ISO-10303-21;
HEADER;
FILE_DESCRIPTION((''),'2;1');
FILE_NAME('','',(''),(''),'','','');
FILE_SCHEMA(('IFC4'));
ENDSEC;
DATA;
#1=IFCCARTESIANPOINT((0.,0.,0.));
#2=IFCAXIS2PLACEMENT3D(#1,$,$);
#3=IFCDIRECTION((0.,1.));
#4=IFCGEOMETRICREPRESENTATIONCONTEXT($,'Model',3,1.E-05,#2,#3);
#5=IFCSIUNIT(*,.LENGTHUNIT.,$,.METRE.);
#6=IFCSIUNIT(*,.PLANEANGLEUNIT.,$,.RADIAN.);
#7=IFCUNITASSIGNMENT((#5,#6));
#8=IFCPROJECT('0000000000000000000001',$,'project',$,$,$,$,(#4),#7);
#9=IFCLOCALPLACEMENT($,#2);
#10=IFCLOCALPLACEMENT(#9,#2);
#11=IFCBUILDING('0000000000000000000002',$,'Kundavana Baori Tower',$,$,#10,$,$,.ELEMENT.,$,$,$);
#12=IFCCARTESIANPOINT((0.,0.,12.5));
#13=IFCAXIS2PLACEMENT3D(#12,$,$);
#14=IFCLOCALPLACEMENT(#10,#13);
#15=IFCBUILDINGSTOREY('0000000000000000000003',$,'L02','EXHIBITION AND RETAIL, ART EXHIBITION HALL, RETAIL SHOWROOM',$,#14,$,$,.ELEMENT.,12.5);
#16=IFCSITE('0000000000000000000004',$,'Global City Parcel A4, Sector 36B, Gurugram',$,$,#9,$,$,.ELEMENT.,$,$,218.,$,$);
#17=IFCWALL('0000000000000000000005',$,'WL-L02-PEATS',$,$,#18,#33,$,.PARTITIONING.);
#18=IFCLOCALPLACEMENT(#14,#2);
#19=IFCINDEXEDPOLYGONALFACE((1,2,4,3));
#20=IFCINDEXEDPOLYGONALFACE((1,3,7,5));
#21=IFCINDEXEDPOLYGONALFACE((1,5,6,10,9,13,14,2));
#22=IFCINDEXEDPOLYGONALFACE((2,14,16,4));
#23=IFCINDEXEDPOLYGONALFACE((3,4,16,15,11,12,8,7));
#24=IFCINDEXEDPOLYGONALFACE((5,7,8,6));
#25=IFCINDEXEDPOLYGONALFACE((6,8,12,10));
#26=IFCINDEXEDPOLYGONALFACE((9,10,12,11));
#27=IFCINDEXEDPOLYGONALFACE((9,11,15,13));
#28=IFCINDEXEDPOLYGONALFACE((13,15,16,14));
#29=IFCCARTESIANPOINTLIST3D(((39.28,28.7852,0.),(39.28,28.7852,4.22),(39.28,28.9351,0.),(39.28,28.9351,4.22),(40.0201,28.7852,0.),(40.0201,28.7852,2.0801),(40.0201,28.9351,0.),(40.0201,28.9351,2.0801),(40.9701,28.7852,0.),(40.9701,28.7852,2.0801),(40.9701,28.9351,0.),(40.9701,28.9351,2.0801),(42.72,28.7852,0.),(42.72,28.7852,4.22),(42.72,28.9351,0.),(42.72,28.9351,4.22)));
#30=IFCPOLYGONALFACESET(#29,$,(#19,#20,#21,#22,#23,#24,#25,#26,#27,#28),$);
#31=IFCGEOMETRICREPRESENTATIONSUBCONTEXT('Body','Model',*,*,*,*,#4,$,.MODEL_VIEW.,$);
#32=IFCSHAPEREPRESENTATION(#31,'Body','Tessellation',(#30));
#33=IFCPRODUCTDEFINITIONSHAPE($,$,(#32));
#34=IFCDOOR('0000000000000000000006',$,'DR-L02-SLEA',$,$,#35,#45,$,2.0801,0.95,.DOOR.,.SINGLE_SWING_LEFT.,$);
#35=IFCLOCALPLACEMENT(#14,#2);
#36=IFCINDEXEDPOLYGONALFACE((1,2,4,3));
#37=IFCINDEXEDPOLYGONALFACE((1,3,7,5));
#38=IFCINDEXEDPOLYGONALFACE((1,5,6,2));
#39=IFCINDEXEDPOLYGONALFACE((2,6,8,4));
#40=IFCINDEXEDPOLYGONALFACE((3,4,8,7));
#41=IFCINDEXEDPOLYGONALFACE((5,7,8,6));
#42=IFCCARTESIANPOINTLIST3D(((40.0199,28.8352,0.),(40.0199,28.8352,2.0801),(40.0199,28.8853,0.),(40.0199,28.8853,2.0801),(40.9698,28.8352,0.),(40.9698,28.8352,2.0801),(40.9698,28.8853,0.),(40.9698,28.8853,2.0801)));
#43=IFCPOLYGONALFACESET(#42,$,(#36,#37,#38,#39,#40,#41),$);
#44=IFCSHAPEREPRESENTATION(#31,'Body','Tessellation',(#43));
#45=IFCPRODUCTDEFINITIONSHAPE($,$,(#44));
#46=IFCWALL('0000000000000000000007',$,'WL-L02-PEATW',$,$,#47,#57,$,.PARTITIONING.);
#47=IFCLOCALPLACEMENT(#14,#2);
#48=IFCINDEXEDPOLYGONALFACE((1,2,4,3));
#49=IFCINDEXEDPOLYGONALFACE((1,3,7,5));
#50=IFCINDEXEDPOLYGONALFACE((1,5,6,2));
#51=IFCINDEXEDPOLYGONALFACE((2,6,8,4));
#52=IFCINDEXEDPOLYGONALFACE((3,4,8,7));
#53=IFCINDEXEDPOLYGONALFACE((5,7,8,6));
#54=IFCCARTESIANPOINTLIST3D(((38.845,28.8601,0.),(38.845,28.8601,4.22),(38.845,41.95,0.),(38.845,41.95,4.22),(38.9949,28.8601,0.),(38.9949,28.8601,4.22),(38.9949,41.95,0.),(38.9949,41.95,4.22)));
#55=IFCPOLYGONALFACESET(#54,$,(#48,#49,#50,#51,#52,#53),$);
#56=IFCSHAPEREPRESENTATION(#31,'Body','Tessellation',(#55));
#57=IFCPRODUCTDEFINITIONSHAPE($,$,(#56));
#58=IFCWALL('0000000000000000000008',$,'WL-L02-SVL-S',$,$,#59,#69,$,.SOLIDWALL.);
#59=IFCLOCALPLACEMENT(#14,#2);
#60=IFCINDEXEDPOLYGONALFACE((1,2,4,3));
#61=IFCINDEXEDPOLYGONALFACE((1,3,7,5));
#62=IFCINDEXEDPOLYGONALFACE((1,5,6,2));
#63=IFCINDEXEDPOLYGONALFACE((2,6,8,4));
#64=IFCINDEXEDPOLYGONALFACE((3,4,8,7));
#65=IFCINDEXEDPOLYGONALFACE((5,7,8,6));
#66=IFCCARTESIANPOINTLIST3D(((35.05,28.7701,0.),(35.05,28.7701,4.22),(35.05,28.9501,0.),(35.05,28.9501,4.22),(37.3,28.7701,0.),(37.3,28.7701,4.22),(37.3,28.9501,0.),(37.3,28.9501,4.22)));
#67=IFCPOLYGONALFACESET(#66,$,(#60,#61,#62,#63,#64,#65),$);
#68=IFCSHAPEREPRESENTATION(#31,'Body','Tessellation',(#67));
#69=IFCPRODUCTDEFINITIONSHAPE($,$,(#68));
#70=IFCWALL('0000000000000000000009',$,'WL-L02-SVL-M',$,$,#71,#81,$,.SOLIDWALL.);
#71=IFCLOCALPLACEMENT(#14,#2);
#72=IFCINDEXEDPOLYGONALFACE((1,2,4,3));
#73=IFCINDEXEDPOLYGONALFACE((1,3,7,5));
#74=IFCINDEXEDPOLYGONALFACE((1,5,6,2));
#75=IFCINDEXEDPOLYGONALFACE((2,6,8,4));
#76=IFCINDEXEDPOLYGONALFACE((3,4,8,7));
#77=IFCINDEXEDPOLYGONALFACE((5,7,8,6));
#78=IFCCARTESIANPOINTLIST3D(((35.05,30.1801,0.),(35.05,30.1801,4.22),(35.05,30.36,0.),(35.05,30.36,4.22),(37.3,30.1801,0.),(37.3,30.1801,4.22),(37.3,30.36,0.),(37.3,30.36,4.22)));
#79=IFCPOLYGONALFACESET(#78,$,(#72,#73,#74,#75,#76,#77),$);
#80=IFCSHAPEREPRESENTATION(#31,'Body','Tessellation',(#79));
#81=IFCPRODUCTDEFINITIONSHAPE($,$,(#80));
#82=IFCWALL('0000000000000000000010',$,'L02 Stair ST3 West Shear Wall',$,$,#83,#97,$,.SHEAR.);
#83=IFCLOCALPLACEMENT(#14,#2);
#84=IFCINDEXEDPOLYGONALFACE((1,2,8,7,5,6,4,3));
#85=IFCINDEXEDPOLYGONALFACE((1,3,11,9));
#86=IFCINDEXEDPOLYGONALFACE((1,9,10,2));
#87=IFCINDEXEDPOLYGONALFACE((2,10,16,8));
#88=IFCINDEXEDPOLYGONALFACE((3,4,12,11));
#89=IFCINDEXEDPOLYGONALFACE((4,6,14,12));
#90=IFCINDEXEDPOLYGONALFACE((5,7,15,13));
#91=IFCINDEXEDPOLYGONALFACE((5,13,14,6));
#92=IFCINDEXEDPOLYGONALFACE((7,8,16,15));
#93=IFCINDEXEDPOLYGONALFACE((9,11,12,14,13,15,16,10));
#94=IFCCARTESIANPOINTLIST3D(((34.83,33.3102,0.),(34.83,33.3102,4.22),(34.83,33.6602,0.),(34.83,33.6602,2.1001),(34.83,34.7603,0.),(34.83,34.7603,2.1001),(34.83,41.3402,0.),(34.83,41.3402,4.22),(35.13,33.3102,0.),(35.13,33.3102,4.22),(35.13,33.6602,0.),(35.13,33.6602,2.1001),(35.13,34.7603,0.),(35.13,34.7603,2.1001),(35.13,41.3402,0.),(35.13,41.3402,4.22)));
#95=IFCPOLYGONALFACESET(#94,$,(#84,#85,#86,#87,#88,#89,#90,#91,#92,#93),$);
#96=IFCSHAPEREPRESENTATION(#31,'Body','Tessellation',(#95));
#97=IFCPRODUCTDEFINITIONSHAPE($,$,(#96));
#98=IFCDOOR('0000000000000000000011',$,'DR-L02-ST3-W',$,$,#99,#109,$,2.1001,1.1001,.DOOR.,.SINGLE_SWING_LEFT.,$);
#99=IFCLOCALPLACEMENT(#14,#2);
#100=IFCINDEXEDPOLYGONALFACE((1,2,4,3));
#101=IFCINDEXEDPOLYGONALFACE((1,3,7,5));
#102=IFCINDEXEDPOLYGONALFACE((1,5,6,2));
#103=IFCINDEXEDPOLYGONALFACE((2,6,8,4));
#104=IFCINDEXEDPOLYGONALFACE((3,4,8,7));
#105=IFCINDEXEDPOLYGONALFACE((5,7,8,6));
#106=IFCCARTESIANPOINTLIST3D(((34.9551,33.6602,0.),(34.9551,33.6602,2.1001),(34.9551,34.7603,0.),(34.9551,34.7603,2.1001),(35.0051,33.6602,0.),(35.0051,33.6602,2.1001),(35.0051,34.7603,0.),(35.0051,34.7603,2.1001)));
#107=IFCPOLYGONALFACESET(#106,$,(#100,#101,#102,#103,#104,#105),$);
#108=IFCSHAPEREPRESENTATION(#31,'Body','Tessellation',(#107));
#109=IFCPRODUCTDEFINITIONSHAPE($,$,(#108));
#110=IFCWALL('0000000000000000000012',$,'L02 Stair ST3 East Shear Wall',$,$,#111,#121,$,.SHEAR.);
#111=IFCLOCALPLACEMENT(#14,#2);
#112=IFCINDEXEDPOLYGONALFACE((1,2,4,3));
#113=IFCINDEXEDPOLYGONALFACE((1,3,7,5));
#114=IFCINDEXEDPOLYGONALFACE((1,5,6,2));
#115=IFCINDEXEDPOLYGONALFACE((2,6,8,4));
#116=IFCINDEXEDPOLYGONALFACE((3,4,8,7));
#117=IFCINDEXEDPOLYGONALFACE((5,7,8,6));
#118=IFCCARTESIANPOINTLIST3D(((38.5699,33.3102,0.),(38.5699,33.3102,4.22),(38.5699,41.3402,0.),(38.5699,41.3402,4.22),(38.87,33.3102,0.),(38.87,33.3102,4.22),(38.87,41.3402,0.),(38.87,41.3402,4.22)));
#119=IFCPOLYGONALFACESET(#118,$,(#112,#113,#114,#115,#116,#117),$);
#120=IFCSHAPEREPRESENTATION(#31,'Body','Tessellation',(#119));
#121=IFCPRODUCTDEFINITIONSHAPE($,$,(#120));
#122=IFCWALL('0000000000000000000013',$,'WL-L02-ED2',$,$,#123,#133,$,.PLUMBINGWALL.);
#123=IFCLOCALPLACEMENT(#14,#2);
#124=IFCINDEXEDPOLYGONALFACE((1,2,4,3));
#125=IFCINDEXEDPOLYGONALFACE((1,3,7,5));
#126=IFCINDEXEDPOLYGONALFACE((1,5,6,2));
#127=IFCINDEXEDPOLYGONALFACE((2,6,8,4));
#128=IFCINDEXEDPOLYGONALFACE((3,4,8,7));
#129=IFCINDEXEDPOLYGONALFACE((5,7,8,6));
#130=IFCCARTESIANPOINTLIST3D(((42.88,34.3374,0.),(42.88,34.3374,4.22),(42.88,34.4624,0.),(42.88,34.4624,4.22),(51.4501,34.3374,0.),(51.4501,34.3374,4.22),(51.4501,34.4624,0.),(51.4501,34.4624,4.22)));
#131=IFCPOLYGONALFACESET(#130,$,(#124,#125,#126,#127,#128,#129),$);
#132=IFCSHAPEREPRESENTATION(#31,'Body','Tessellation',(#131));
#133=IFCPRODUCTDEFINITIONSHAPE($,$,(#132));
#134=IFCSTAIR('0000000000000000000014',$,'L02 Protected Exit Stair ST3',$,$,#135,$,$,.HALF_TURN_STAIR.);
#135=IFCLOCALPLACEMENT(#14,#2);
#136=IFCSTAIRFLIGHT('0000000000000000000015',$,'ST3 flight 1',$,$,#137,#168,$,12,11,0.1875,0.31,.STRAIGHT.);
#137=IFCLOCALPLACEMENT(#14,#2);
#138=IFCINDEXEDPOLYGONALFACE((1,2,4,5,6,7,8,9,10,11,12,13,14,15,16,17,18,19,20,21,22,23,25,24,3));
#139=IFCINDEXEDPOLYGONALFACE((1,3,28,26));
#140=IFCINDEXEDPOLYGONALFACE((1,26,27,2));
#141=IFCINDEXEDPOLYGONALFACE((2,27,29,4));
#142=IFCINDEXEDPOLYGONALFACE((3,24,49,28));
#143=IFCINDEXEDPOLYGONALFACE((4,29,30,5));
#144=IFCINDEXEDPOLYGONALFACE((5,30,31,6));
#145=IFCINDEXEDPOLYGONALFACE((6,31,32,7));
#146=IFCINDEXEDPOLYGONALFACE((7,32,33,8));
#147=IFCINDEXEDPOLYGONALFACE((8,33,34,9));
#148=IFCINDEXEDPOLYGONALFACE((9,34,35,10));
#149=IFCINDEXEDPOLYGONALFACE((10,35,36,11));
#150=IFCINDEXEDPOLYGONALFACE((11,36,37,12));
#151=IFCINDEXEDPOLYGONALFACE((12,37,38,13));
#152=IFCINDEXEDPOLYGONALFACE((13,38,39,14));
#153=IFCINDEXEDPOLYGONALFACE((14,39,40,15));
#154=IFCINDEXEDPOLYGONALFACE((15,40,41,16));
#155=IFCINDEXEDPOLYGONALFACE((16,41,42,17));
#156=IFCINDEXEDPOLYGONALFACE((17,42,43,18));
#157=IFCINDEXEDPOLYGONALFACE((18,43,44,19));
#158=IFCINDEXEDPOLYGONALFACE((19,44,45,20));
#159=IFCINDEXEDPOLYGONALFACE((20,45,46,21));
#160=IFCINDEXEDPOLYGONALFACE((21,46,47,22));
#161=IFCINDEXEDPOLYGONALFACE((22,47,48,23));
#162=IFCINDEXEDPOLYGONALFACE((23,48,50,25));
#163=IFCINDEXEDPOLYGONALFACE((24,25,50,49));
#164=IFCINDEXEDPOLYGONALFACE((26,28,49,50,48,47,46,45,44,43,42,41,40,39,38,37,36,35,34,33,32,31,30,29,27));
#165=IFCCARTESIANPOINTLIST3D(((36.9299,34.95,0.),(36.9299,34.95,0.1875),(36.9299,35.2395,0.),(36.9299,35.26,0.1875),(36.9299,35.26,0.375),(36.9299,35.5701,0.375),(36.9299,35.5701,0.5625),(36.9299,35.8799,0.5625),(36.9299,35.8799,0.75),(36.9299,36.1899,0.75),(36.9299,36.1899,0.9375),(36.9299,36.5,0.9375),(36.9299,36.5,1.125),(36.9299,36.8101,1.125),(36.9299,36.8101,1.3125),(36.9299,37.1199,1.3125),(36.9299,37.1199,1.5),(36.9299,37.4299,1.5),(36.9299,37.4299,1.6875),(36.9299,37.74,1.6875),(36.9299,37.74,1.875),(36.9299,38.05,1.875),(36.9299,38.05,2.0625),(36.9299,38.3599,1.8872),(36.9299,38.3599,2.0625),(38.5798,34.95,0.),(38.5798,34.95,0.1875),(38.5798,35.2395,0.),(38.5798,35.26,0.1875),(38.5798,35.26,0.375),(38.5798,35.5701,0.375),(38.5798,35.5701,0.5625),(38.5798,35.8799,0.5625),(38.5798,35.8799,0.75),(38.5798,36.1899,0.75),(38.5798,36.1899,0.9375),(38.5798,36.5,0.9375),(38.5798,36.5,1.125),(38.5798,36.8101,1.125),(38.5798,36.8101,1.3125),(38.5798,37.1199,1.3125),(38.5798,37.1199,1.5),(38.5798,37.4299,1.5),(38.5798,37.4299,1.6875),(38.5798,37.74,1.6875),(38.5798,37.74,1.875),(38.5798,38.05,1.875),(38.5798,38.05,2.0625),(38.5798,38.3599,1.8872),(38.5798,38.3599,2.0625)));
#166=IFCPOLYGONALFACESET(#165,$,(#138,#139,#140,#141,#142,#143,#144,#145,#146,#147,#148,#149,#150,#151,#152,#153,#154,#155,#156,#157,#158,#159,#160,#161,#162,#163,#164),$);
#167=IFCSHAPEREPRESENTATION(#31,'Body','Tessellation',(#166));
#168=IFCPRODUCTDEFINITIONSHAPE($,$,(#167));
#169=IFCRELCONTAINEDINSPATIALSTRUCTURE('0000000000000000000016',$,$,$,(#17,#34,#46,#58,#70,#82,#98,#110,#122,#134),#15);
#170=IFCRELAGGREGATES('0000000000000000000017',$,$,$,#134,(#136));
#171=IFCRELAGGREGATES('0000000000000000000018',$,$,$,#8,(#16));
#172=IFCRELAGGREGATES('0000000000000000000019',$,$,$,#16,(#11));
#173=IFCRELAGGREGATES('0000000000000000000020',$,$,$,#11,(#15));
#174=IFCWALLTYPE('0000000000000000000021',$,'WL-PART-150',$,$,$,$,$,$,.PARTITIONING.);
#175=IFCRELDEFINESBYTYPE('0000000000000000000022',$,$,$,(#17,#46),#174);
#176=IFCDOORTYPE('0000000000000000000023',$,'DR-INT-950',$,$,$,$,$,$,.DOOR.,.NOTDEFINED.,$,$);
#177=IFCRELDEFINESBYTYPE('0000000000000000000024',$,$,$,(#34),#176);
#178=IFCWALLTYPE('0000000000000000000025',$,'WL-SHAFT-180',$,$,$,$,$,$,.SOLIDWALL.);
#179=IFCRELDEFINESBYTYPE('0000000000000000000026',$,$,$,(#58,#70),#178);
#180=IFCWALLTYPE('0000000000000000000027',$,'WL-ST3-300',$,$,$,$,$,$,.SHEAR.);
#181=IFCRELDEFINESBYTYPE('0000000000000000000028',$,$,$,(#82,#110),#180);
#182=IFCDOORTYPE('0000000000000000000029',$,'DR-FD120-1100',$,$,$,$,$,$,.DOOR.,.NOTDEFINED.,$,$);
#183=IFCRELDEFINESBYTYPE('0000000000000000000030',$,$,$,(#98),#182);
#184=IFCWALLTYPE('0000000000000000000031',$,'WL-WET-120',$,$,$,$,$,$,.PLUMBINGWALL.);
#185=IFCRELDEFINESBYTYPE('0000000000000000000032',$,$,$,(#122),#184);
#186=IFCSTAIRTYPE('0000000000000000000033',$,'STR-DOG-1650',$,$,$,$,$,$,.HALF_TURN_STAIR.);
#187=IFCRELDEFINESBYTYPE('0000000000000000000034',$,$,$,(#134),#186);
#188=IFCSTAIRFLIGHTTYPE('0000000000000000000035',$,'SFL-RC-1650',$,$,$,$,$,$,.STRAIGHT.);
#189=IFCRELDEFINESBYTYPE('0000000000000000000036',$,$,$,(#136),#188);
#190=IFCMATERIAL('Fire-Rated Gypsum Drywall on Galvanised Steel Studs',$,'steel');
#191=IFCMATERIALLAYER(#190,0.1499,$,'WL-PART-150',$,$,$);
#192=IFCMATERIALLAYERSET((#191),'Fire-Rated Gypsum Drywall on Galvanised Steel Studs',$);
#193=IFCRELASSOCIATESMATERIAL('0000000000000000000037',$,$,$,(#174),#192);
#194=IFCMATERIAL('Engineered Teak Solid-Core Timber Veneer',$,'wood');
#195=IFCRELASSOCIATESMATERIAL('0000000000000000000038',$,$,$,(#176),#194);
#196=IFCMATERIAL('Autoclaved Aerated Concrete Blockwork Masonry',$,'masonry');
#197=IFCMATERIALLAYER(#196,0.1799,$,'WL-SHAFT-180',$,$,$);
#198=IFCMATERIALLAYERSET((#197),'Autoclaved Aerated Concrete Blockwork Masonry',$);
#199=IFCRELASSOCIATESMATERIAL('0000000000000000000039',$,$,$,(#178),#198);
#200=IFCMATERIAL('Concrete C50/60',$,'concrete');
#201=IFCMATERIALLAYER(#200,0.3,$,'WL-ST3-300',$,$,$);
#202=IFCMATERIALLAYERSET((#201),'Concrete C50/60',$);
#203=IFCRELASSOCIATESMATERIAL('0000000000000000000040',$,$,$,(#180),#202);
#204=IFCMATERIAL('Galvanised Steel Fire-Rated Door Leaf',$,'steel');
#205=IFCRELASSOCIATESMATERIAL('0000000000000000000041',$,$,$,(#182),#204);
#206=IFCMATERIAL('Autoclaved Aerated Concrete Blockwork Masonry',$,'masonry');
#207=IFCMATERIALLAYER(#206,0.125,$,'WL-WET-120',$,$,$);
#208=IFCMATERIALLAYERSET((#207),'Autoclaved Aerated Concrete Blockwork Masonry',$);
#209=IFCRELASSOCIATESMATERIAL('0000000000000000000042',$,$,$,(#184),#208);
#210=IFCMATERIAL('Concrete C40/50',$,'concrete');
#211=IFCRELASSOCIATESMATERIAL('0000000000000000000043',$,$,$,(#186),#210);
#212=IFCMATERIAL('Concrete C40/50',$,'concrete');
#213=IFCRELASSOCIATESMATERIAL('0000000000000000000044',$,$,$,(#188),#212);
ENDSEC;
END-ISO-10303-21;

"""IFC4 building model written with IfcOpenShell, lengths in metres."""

from ifc_helpers import new_model, si_unit, direction, frame, frame_2d, origin, place, context, subcontext, project, spatial, polyline, rectangle, outline, extrude, material, layer, layer_set, type_object, element, fill, aggregate, save


model = new_model("IFC4")

# Units and contexts
model_context = context("Model", 3, precision=1e-05, world=origin(), true_north=direction((0.0, 1.0)))
body_context = subcontext(model_context, "Body", "Model", "MODEL_VIEW")
ifc_project = project(units=[si_unit("LENGTHUNIT", "METRE"), si_unit("PLANEANGLEUNIT", "RADIAN")], contexts=[model_context])

# Site, building, storey
site_placement = place(None, origin())
site = spatial("IfcSite", under=ifc_project, at=site_placement, Name="Global City Parcel A4, Sector 36B, Gurugram", CompositionType="ELEMENT", RefElevation=218.0)
building_placement = place(site_placement, origin())
building = spatial("IfcBuilding", under=site, at=building_placement, Name="Kundavana Baori Tower", CompositionType="ELEMENT")
storey_placement = place(building_placement, frame((0.0, 0.0, 12.5)))
storey = spatial("IfcBuildingStorey", under=building, at=storey_placement, Name="L02", Description="EXHIBITION AND RETAIL, ART EXHIBITION HALL, RETAIL SHOWROOM", CompositionType="ELEMENT", Elevation=12.5)

# Shared definitions
ifc_material_1 = material(Name="Fire-Rated Gypsum Drywall on Galvanised Steel Studs", Category="steel")
ifc_layer_1 = layer(ifc_material_1, 0.1499, Name="WL-PART-150")
ifc_layer_set_1 = layer_set([ifc_layer_1], Name="Fire-Rated Gypsum Drywall on Galvanised Steel Studs")
wall_type_1 = type_object("IfcWallType", Name="WL-PART-150", PredefinedType="PARTITIONING", material=ifc_layer_set_1)

# Wall, opening, door
wall_1_placement = place(storey_placement, frame((39.28, 28.8601, 0.0), z_axis=(0.0, 0.0, 1.0), x_axis=(1.0, 0.0, 0.0)))
wall_1 = element("IfcWall", 1, at=wall_1_placement, inside=storey, type_object=wall_type_1, Name="WL-L02-PEATS", PredefinedType="PARTITIONING", context=body_context, shape_type="SweptSolid", body=[
    extrude(rectangle(XDim=3.4399, YDim=0.1499, at=frame_2d((1.72, 0.0))), origin(), (0.0, 0.0, 1.0), 4.22),
])
opening_1_placement = place(wall_1_placement, frame((0.74, 0.0, 0.0)))
opening_1 = element("IfcOpeningElement", 2, at=opening_1_placement, cuts=wall_1, PredefinedType="OPENING", context=body_context, shape_type="SweptSolid", body=[
    extrude(rectangle(XDim=0.95, YDim=2.0801, at=frame_2d((0.4751, 1.04))), frame((0.0, 0.085, 0.0), z_axis=(0.0, -1.0, 0.0), x_axis=(1.0, 0.0, 0.0)), (0.0, 0.0, 1.0), 0.1699),
])
ifc_material_2 = material(Name="Engineered Teak Solid-Core Timber Veneer", Category="wood")
door_type_1 = type_object("IfcDoorType", Name="DR-INT-950", OperationType="NOTDEFINED", PredefinedType="DOOR", material=ifc_material_2)
door_1_placement = place(opening_1_placement, frame((0.95, 0.0, 0.0), z_axis=(0.0, 0.0, 1.0), x_axis=(-1.0, 0.0, 0.0)))
door_1 = element("IfcDoor", 3, at=door_1_placement, inside=storey, type_object=door_type_1, Name="DR-L02-SLEA", OperationType="SINGLE_SWING_LEFT", OverallHeight=2.0801, OverallWidth=0.95, PredefinedType="DOOR", context=body_context, shape_type="SweptSolid", body=[
    extrude(rectangle(XDim=0.95, YDim=2.0801, at=frame_2d((0.4751, 1.04))), frame((0.0, 0.0249, 0.0), z_axis=(0.0, -1.0, 0.0), x_axis=(1.0, 0.0, 0.0)), (0.0, 0.0, 1.0), 0.05),
])
fill(opening_1, door_1)

# Wall
wall_2_placement = place(storey_placement, frame((38.9199, 28.8601, 0.0), z_axis=(0.0, 0.0, 1.0), x_axis=(0.0, 1.0, 0.0)))
element("IfcWall", 4, at=wall_2_placement, inside=storey, type_object=wall_type_1, Name="WL-L02-PEATW", PredefinedType="PARTITIONING", context=body_context, shape_type="SweptSolid", body=[
    extrude(rectangle(XDim=13.0898, YDim=0.1499, at=frame_2d((6.5449, 0.0))), origin(), (0.0, 0.0, 1.0), 4.22),
])

# Shared definitions
ifc_material_3 = material(Name="Autoclaved Aerated Concrete Blockwork Masonry", Category="masonry")
ifc_layer_2 = layer(ifc_material_3, 0.1799, Name="WL-SHAFT-180")
ifc_layer_set_2 = layer_set([ifc_layer_2], Name="Autoclaved Aerated Concrete Blockwork Masonry")
wall_type_2 = type_object("IfcWallType", Name="WL-SHAFT-180", PredefinedType="SOLIDWALL", material=ifc_layer_set_2)

# Walls
for number, where, z_axis, x_axis, name in (
    (5, (35.05, 28.8601, 0.0), (0.0, 0.0, 1.0), (1.0, 0.0, 0.0), "WL-L02-SVL-S"),
    (6, (35.05, 30.27, 0.0), (0.0, 0.0, 1.0), (1.0, 0.0, 0.0), "WL-L02-SVL-M"),
):
    element("IfcWall", number, at=place(storey_placement, frame(where, z_axis=z_axis, x_axis=x_axis)), inside=storey, type_object=wall_type_2, Name=name, PredefinedType="SOLIDWALL", context=body_context, shape_type="SweptSolid", body=[
        extrude(rectangle(XDim=2.25, YDim=0.1799, at=frame_2d((1.125, 0.0))), origin(), (0.0, 0.0, 1.0), 4.22),
    ])

# Wall, opening, door
ifc_material_4 = material(Name="Concrete C50/60", Category="concrete")
ifc_layer_3 = layer(ifc_material_4, 0.3, Name="WL-ST3-300")
ifc_layer_set_3 = layer_set([ifc_layer_3], Name="Concrete C50/60")
wall_type_3 = type_object("IfcWallType", Name="WL-ST3-300", PredefinedType="SHEAR", material=ifc_layer_set_3)
wall_3_placement = place(storey_placement, frame((34.98, 33.3101, 0.0), z_axis=(0.0, 0.0, 1.0), x_axis=(0.0, 1.0, 0.0)))
wall_3 = element("IfcWall", 7, at=wall_3_placement, inside=storey, type_object=wall_type_3, Name="L02 Stair ST3 West Shear Wall", PredefinedType="SHEAR", context=body_context, shape_type="SweptSolid", body=[
    extrude(rectangle(XDim=8.03, YDim=0.3, at=frame_2d((4.0151, 0.0))), origin(), (0.0, 0.0, 1.0), 4.22),
])
opening_2_placement = place(wall_3_placement, frame((0.3501, 0.0, 0.0)))
opening_2 = element("IfcOpeningElement", 8, at=opening_2_placement, cuts=wall_3, PredefinedType="OPENING", context=body_context, shape_type="SweptSolid", body=[
    extrude(rectangle(XDim=1.1001, YDim=2.1001, at=frame_2d((0.55, 1.05))), frame((0.0, 0.1602, 0.0), z_axis=(0.0, -1.0, 0.0), x_axis=(1.0, 0.0, 0.0)), (0.0, 0.0, 1.0), 0.3201),
])
ifc_material_5 = material(Name="Galvanised Steel Fire-Rated Door Leaf", Category="steel")
door_type_2 = type_object("IfcDoorType", Name="DR-FD120-1100", OperationType="NOTDEFINED", PredefinedType="DOOR", material=ifc_material_5)
door_2_placement = place(opening_2_placement, origin())
door_2 = element("IfcDoor", 9, at=door_2_placement, inside=storey, type_object=door_type_2, Name="DR-L02-ST3-W", OperationType="SINGLE_SWING_LEFT", OverallHeight=2.1001, OverallWidth=1.1001, PredefinedType="DOOR", context=body_context, shape_type="SweptSolid", body=[
    extrude(rectangle(XDim=1.1001, YDim=2.1001, at=frame_2d((0.55, 1.05))), frame((0.0, 0.0249, 0.0), z_axis=(0.0, -1.0, 0.0), x_axis=(1.0, 0.0, 0.0)), (0.0, 0.0, 1.0), 0.05),
])
fill(opening_2, door_2)

# Walls
wall_4_placement = place(storey_placement, frame((38.72, 33.3101, 0.0), z_axis=(0.0, 0.0, 1.0), x_axis=(0.0, 1.0, 0.0)))
element("IfcWall", 10, at=wall_4_placement, inside=storey, type_object=wall_type_3, Name="L02 Stair ST3 East Shear Wall", PredefinedType="SHEAR", context=body_context, shape_type="SweptSolid", body=[
    extrude(rectangle(XDim=8.03, YDim=0.3, at=frame_2d((4.0151, 0.0))), origin(), (0.0, 0.0, 1.0), 4.22),
])
ifc_material_6 = material(Name="Autoclaved Aerated Concrete Blockwork Masonry", Category="masonry")
ifc_layer_4 = layer(ifc_material_6, 0.125, Name="WL-WET-120")
ifc_layer_set_4 = layer_set([ifc_layer_4], Name="Autoclaved Aerated Concrete Blockwork Masonry")
wall_type_4 = type_object("IfcWallType", Name="WL-WET-120", PredefinedType="PLUMBINGWALL", material=ifc_layer_set_4)
wall_5_placement = place(storey_placement, frame((42.8799, 34.3999, 0.0), z_axis=(0.0, 0.0, 1.0), x_axis=(1.0, 0.0, 0.0)))
element("IfcWall", 11, at=wall_5_placement, inside=storey, type_object=wall_type_4, Name="WL-L02-ED2", PredefinedType="PLUMBINGWALL", context=body_context, shape_type="SweptSolid", body=[
    extrude(rectangle(XDim=8.5701, YDim=0.125, at=frame_2d((4.2852, 0.0))), origin(), (0.0, 0.0, 1.0), 4.22),
])

# Stair, stair flight
ifc_material_7 = material(Name="Concrete C40/50", Category="concrete")
stair_type = type_object("IfcStairType", Name="STR-DOG-1650", PredefinedType="HALF_TURN_STAIR", material=ifc_material_7)
stair_placement = place(storey_placement, origin())
stair = element("IfcStair", 12, at=stair_placement, inside=storey, type_object=stair_type, Name="L02 Protected Exit Stair ST3", PredefinedType="HALF_TURN_STAIR")
ifc_material_8 = material(Name="Concrete C40/50", Category="concrete")
stair_flight_type = type_object("IfcStairFlightType", Name="SFL-RC-1650", PredefinedType="STRAIGHT", material=ifc_material_8)
stair_flight_placement = place(storey_placement, frame((37.7549, 34.95, 0.0), z_axis=(0.0, 0.0, 1.0), x_axis=(0.0, 1.0, 0.0)))
stair_flight = element("IfcStairFlight", 13, at=stair_flight_placement, type_object=stair_flight_type, Name="ST3 flight 1", NumberOfRisers=12, NumberOfTreads=11, PredefinedType="STRAIGHT", RiserHeight=0.1875, TreadLength=0.31, context=body_context, shape_type="SweptSolid", body=[
    extrude(outline(polyline([(0.0, 0.0), (0.0, 0.1875), (0.3101, 0.1875), (0.3101, 0.375), (0.6201, 0.375), (0.6201, 0.5625), (0.9299, 0.5625), (0.9299, 0.75), (1.24, 0.75), (1.24, 0.9375), (1.55, 0.9375), (1.55, 1.125), (1.8601, 1.125), (1.8601, 1.3125), (2.1699, 1.3125), (2.1699, 1.5), (2.48, 1.5), (2.48, 1.6875), (2.79, 1.6875), (2.79, 1.875), (3.1001, 1.875), (3.1001, 2.0625), (3.4099, 2.0625), (3.4099, 2.25), (3.4099, 1.8872), (0.2896, 0.0), (0.0, 0.0)])), frame((0.0, 0.825, 0.0), z_axis=(0.0, -1.0, 0.0), x_axis=(1.0, 0.0, 0.0)), (0.0, 0.0, 1.0), 1.6499),
])
aggregate(stair, [stair_flight])

save(model, "model.ifc")
